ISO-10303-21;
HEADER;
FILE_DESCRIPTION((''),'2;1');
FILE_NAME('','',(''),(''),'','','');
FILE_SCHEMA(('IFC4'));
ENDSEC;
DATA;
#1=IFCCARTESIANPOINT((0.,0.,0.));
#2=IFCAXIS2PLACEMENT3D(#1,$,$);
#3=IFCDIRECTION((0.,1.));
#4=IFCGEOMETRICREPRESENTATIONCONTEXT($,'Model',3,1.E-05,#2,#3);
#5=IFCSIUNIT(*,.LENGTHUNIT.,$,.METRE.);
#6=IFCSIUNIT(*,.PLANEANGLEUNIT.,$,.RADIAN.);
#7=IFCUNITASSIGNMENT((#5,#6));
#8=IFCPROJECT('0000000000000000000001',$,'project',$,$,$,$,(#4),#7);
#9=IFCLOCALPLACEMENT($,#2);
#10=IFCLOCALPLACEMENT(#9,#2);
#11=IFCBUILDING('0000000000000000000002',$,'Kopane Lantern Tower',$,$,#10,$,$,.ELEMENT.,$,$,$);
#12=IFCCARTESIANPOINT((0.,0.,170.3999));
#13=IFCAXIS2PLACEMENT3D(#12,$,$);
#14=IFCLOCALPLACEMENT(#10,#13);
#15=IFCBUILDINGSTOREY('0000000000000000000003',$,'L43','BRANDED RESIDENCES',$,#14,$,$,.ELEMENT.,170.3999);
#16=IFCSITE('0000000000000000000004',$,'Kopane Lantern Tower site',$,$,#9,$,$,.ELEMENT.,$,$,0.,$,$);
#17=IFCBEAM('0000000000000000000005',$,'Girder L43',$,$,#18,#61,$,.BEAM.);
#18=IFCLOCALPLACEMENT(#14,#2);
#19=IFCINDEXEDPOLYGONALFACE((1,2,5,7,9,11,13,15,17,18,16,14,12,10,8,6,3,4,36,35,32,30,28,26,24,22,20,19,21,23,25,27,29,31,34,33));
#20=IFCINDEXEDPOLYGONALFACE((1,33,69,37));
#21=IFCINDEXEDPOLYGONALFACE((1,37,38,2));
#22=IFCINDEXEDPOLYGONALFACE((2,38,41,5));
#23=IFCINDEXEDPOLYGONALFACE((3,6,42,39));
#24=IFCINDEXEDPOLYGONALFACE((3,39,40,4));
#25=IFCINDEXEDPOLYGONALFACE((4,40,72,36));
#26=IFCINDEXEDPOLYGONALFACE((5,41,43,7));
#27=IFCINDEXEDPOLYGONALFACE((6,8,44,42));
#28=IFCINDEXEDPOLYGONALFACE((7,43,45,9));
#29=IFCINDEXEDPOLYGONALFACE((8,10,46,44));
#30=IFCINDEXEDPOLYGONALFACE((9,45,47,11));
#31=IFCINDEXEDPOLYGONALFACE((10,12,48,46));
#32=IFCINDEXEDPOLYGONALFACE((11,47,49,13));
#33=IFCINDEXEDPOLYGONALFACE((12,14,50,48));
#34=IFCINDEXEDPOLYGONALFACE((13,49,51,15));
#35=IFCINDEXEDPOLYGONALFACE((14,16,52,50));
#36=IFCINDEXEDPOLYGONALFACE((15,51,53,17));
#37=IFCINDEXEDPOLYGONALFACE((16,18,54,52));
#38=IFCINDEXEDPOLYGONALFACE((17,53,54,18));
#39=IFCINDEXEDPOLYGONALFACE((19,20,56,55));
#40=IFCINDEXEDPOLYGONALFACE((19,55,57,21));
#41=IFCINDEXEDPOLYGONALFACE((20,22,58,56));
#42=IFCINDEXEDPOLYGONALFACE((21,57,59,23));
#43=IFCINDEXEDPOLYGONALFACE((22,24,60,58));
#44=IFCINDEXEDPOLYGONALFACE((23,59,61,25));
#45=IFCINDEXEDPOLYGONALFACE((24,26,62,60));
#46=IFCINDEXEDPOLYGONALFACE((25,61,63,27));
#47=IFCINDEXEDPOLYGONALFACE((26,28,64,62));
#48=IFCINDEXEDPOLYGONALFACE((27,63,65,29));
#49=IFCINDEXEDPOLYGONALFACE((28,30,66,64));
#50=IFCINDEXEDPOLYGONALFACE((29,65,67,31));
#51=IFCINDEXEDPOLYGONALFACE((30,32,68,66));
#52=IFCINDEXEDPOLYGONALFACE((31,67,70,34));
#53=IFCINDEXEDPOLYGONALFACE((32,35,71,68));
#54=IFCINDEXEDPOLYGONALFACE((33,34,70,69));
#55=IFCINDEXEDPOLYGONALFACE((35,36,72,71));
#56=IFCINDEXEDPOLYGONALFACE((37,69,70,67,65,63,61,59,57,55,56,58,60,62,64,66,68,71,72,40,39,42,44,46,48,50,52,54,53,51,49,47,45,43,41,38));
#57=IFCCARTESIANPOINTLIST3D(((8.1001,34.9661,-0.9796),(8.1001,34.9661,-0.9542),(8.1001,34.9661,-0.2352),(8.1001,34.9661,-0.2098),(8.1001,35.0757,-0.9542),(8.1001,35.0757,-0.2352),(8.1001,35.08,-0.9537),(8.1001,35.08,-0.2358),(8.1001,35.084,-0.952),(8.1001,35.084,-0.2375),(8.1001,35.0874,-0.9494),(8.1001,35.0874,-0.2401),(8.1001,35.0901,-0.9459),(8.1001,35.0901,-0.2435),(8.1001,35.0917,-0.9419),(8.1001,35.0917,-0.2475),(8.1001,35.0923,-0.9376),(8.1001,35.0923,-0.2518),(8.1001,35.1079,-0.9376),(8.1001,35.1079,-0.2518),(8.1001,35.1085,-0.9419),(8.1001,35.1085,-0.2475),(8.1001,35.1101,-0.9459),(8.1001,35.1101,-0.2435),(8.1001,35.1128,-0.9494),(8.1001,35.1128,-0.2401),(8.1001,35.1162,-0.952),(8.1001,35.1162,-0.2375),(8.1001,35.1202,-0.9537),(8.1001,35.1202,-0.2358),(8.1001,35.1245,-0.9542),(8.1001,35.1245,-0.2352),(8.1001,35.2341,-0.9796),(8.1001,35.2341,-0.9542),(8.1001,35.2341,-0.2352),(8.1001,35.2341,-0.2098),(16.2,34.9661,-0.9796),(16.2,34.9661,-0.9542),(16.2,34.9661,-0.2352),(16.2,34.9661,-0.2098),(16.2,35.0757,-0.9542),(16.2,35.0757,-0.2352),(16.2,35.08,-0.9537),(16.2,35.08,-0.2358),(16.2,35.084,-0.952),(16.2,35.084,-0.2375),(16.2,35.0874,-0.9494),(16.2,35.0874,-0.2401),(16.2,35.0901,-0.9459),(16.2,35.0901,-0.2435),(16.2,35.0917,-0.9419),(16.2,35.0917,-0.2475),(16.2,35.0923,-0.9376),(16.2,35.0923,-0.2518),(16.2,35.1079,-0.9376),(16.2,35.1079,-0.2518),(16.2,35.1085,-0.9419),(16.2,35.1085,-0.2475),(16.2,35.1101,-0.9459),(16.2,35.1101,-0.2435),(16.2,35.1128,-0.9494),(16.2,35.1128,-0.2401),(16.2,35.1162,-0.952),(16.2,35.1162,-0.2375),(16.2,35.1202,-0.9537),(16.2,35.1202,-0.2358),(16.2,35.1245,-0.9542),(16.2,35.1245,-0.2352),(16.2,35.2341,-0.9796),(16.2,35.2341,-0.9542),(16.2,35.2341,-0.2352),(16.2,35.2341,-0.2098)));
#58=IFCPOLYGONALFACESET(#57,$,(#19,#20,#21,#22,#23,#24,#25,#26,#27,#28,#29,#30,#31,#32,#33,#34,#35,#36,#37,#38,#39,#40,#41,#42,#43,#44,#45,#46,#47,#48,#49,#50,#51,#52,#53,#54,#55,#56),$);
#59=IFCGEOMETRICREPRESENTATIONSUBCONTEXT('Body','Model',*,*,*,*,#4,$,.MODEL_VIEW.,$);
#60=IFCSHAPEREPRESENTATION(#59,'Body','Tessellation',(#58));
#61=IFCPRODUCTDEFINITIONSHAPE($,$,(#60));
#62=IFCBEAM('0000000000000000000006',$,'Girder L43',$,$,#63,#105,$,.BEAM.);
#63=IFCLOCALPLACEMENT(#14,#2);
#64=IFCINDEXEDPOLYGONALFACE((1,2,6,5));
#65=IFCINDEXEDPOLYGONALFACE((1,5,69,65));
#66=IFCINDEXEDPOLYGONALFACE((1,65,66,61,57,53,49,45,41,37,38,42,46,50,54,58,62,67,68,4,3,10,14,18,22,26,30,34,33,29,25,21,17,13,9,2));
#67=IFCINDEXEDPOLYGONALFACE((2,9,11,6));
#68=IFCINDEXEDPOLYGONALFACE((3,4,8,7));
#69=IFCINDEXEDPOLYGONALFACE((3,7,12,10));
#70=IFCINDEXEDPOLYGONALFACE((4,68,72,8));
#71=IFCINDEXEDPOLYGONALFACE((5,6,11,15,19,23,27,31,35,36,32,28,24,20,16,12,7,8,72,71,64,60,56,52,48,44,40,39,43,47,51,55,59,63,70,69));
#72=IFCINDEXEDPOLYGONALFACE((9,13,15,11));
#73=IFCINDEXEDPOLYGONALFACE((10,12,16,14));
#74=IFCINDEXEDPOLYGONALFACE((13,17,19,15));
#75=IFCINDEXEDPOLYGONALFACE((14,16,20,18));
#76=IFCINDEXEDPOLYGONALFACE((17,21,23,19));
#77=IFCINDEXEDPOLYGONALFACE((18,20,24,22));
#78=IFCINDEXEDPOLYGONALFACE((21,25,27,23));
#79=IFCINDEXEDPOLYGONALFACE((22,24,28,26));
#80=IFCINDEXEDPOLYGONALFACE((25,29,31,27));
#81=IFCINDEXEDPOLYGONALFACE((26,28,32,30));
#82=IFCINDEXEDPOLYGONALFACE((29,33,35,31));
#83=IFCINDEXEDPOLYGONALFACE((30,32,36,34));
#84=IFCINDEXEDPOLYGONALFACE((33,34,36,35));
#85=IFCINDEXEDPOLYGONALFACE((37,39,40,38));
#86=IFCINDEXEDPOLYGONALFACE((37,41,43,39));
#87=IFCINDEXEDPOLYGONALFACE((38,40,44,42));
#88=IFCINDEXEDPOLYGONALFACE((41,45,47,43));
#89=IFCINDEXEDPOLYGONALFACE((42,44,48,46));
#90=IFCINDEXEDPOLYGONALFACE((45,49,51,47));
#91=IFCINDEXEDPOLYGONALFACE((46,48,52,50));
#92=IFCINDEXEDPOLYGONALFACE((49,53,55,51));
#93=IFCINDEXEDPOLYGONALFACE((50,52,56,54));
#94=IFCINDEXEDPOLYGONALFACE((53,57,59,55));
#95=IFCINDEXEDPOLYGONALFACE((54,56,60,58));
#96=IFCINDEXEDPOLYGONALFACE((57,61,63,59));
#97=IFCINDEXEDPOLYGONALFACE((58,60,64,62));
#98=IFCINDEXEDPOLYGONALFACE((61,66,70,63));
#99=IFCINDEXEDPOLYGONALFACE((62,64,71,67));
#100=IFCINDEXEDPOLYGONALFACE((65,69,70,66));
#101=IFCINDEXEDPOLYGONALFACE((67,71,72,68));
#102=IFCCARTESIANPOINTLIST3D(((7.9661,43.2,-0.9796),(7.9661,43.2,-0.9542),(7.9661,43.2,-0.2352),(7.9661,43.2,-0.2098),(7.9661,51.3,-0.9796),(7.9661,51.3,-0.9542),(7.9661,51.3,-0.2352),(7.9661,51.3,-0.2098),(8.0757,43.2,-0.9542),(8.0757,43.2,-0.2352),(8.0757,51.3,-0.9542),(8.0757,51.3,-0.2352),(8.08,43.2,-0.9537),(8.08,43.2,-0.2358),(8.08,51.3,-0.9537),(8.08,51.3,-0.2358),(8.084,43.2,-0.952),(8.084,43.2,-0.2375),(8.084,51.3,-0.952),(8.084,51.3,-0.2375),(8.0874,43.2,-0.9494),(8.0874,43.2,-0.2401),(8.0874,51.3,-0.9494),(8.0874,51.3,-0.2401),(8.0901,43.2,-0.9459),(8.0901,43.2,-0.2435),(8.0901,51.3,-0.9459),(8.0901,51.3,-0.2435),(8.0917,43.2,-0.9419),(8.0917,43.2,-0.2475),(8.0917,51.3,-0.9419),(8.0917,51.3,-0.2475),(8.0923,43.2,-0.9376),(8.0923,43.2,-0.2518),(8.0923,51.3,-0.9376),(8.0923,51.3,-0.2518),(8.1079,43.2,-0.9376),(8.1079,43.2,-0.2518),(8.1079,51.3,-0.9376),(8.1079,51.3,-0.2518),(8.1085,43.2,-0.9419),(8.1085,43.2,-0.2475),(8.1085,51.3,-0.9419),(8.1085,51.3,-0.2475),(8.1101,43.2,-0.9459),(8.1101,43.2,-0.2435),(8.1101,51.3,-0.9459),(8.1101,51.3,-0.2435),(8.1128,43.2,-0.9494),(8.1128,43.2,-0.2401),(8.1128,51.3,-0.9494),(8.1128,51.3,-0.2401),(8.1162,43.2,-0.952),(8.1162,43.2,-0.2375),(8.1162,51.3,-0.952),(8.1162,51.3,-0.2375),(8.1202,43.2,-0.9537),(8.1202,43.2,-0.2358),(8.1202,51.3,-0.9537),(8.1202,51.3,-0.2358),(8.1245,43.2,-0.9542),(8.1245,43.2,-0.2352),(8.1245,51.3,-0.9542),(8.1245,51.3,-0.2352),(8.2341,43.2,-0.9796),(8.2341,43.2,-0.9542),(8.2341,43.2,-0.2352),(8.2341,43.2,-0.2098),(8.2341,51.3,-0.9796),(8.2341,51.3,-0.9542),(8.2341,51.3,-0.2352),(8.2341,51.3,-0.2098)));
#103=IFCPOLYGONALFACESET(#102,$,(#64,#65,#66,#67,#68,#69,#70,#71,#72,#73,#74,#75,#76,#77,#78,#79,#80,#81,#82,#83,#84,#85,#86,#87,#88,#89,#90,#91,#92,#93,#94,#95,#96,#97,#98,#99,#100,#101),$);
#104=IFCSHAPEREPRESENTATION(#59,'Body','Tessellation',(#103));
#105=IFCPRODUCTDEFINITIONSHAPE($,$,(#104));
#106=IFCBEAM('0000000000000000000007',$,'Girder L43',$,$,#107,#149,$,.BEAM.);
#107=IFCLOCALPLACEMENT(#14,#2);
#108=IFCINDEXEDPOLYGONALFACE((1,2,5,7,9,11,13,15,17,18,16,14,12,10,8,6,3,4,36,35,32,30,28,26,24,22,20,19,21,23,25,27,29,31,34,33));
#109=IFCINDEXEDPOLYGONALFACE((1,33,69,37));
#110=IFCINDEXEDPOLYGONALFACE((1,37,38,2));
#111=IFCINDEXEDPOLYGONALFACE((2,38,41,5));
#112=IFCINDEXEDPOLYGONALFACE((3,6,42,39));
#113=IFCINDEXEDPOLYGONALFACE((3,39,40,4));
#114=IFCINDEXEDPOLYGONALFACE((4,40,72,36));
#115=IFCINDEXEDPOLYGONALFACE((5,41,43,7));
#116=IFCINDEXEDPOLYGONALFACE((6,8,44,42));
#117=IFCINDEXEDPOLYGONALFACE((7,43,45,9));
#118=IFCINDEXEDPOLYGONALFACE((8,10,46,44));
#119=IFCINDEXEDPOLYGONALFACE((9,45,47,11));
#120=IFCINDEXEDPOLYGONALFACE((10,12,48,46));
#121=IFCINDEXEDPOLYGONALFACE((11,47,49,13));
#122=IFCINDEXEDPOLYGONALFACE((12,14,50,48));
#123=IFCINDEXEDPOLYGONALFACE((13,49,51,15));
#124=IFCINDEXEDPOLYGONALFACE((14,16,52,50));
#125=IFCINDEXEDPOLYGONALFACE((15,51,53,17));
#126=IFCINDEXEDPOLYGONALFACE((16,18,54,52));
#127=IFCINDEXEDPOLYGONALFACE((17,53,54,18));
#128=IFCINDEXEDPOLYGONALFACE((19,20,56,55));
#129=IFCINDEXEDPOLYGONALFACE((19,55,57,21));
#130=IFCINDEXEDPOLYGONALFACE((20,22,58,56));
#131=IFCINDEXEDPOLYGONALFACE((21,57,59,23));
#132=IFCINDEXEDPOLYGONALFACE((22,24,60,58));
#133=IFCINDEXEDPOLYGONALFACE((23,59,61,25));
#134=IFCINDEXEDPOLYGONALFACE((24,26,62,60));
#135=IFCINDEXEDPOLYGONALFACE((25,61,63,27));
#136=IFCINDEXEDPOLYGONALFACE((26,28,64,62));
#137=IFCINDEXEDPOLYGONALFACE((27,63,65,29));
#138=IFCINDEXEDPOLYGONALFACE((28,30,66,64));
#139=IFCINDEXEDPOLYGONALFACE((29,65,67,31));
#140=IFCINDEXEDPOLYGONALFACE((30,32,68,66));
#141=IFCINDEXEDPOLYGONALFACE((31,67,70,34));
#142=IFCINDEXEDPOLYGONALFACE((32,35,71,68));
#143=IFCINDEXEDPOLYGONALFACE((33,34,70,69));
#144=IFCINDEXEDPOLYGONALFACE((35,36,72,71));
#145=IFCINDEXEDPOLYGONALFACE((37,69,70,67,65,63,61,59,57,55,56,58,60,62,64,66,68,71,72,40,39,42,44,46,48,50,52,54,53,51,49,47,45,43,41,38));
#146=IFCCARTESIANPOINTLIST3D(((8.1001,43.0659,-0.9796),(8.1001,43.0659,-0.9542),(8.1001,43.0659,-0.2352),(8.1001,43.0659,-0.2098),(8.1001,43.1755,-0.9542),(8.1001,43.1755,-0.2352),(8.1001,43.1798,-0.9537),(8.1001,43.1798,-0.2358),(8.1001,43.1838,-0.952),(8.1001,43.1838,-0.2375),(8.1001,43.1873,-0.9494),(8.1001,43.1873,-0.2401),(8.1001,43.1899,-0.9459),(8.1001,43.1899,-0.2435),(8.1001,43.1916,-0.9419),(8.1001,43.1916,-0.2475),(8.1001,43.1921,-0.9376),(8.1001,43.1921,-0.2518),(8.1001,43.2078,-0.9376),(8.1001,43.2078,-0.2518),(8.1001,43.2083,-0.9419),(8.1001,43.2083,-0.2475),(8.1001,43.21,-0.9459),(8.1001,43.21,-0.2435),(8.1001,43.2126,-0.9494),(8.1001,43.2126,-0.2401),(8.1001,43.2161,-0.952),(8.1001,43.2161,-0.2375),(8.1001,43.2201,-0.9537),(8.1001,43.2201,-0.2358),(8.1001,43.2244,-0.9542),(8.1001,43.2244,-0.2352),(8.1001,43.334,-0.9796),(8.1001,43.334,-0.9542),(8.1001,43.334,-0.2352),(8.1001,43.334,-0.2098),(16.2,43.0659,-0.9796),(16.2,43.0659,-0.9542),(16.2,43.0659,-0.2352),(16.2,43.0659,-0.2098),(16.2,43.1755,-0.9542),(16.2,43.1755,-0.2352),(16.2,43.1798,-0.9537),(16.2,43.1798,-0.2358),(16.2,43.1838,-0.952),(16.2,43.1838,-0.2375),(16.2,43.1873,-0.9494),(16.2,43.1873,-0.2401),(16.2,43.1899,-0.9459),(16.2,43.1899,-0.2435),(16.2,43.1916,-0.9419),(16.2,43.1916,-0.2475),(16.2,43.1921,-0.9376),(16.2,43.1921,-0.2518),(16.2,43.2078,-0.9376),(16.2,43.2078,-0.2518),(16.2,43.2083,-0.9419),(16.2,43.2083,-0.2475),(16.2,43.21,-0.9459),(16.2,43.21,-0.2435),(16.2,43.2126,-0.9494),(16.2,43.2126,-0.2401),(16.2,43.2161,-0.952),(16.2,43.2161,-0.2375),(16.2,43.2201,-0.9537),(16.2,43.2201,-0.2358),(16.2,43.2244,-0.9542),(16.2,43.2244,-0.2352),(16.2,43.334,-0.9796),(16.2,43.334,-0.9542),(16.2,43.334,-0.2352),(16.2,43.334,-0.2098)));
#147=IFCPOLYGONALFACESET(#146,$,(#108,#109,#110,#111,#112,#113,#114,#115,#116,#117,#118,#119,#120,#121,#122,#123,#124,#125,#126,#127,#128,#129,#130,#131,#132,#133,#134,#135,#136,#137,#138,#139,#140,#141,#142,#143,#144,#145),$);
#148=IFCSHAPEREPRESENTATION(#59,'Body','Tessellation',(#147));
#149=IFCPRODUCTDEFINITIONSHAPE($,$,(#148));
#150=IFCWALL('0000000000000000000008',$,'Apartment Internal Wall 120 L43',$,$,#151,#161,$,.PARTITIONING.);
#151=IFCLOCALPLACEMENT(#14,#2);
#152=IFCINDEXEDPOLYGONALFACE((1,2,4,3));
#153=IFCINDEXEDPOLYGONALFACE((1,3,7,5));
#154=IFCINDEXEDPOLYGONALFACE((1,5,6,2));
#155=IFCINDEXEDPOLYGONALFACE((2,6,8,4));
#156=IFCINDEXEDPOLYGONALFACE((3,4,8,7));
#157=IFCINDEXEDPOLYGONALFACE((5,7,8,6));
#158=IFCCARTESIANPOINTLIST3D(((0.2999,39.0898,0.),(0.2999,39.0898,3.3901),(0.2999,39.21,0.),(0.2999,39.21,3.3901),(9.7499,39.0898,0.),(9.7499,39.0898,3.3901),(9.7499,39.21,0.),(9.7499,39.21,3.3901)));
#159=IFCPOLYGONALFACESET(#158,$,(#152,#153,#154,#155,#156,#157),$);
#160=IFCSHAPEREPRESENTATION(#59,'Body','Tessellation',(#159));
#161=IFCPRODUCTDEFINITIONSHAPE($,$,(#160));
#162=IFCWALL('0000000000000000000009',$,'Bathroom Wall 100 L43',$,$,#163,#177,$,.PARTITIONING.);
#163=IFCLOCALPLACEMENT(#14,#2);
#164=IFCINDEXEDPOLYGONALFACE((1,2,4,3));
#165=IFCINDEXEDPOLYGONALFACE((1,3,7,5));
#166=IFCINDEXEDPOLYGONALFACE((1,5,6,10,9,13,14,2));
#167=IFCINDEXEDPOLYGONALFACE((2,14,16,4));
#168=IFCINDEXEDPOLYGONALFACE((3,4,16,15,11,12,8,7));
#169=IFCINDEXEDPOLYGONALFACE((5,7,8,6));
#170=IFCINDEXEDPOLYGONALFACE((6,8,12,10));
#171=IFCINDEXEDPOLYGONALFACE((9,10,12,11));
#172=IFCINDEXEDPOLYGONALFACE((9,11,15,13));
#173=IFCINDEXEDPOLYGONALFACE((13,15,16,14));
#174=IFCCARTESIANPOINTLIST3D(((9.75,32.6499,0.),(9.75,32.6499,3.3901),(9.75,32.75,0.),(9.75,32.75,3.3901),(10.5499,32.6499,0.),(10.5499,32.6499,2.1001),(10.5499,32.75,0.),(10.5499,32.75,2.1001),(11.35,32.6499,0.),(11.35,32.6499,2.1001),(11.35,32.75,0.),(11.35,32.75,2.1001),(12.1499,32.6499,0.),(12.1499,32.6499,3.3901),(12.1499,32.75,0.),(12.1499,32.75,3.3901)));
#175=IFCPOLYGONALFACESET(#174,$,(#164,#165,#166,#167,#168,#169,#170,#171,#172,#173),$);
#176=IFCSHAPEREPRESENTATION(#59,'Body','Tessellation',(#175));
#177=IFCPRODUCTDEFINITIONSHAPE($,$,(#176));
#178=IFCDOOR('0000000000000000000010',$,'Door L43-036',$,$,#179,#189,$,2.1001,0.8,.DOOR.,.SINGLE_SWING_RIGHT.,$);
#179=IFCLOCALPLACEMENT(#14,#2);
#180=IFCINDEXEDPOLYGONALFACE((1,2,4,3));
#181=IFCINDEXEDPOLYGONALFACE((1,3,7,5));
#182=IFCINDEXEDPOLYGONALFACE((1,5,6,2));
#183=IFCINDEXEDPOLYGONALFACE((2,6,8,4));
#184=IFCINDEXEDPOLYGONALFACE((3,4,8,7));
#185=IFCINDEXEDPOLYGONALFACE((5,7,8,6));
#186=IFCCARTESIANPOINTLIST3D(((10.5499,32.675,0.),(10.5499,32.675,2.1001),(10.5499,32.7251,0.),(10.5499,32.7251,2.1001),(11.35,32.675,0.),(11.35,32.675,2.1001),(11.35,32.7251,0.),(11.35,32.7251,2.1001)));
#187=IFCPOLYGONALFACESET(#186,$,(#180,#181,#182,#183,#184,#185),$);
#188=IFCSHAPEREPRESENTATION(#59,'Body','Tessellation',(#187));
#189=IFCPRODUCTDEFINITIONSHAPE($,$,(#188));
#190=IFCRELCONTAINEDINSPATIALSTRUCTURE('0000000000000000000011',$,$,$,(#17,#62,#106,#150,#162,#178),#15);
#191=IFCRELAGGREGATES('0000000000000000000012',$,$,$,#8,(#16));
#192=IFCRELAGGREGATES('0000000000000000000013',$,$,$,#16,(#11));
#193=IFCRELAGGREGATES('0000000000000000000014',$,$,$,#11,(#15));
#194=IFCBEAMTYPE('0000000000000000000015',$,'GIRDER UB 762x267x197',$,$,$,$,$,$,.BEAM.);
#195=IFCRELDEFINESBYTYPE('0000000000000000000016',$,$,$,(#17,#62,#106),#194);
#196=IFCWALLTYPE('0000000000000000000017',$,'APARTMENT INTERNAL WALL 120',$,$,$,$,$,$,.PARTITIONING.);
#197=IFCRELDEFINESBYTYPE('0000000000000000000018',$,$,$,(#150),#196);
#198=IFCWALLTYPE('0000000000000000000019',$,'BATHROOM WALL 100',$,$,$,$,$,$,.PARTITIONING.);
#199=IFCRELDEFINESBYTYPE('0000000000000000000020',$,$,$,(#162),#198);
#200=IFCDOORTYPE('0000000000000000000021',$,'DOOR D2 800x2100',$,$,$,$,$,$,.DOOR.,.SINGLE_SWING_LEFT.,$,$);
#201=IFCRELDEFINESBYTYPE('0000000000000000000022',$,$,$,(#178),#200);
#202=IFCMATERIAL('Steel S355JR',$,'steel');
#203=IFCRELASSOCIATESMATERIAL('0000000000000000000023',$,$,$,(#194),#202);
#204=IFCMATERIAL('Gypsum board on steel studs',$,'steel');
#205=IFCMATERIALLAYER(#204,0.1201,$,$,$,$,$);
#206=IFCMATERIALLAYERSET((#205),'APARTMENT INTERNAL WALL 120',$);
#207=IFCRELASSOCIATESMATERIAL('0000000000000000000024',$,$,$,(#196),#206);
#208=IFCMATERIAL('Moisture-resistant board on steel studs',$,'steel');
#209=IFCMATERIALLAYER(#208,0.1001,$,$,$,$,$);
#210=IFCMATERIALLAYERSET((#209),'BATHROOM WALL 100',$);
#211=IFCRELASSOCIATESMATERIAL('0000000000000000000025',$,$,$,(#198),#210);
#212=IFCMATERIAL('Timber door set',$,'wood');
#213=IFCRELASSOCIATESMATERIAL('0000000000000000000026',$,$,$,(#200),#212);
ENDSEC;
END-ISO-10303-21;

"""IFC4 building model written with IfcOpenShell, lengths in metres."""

from ifc_helpers import new_model, si_unit, direction, frame, frame_2d, origin, origin_2d, place, context, subcontext, project, spatial, rectangle, i_section, extrude, material, layer, layer_set, material_profile, profile_set, type_object, element, fill, save


model = new_model("IFC4")

# Units and contexts
model_context = context("Model", 3, precision=1e-05, world=origin(), true_north=direction((0.0, 1.0)))
body_context = subcontext(model_context, "Body", "Model", "MODEL_VIEW")
ifc_project = project(units=[si_unit("LENGTHUNIT", "METRE"), si_unit("PLANEANGLEUNIT", "RADIAN")], contexts=[model_context])

# Site, building, storey
site_placement = place(None, origin())
site = spatial("IfcSite", under=ifc_project, at=site_placement, Name="Kopane Lantern Tower site", CompositionType="ELEMENT", RefElevation=0.0)
building_placement = place(site_placement, origin())
building = spatial("IfcBuilding", under=site, at=building_placement, Name="Kopane Lantern Tower", CompositionType="ELEMENT")
storey_placement = place(building_placement, frame((0.0, 0.0, 170.3999)))
storey = spatial("IfcBuildingStorey", under=building, at=storey_placement, Name="L43", Description="BRANDED RESIDENCES", CompositionType="ELEMENT", Elevation=170.3999)

# Beams
ifc_material_1 = material(Name="Steel S355JR", Category="steel")
ifc_material_profile_1 = material_profile(ifc_material_1, i_section(OverallWidth=0.2681, OverallDepth=0.7698, WebThickness=0.0156, FlangeThickness=0.0254, FilletRadius=0.0166, at=origin_2d()), Name="UB 762x267x197")
ifc_profile_set_1 = profile_set([ifc_material_profile_1], Name="Steel S355JR")
beam_type = type_object("IfcBeamType", Name="GIRDER UB 762x267x197", PredefinedType="BEAM", material=ifc_profile_set_1)
for number, where, z_axis, x_axis, name in (
    (1, (8.1001, 35.1001, -0.5947), (1.0, 0.0, 0.0), (0.0, 1.0, 0.0), "Girder L43"),
):
    element("IfcBeam", number, at=place(storey_placement, frame(where, z_axis=z_axis, x_axis=x_axis)), inside=storey, type_object=beam_type, Name=name, PredefinedType="BEAM", context=body_context, shape_type="SweptSolid", body=[
        extrude(i_section(OverallWidth=0.2681, OverallDepth=0.7698, WebThickness=0.0156, FlangeThickness=0.0254, FilletRadius=0.0166, at=origin_2d()), origin(), (0.0, 0.0, 1.0), 8.0999),
    ])
beam_1_placement = place(storey_placement, frame((8.1001, 43.2, -0.5947), z_axis=(0.0, 1.0, 0.0), x_axis=(-1.0, 0.0, 0.0)))
element("IfcBeam", 2, at=beam_1_placement, inside=storey, type_object=beam_type, Name="Girder L43", PredefinedType="BEAM", context=body_context, shape_type="SweptSolid", body=[
    extrude(i_section(OverallWidth=0.2681, OverallDepth=0.7698, WebThickness=0.0156, FlangeThickness=0.0254, FilletRadius=0.0166, at=origin_2d()), origin(), (0.0, 0.0, 1.0), 8.1001),
])
beam_2_placement = place(storey_placement, frame((8.1001, 43.2, -0.5947), z_axis=(1.0, 0.0, 0.0), x_axis=(0.0, 1.0, 0.0)))
element("IfcBeam", 3, at=beam_2_placement, inside=storey, type_object=beam_type, Name="Girder L43", PredefinedType="BEAM", context=body_context, shape_type="SweptSolid", body=[
    extrude(i_section(OverallWidth=0.2681, OverallDepth=0.7698, WebThickness=0.0156, FlangeThickness=0.0254, FilletRadius=0.0166, at=origin_2d()), origin(), (0.0, 0.0, 1.0), 8.0999),
])

# Wall
ifc_material_2 = material(Name="Gypsum board on steel studs", Category="steel")
ifc_layer_1 = layer(ifc_material_2, 0.1201)
ifc_layer_set_1 = layer_set([ifc_layer_1], Name="APARTMENT INTERNAL WALL 120")
wall_type_1 = type_object("IfcWallType", Name="APARTMENT INTERNAL WALL 120", PredefinedType="PARTITIONING", material=ifc_layer_set_1)
wall_1_placement = place(storey_placement, frame((9.75, 39.1499, 0.0), z_axis=(0.0, 0.0, 1.0), x_axis=(-1.0, 0.0, 0.0)))
element("IfcWall", 4, at=wall_1_placement, inside=storey, type_object=wall_type_1, Name="Apartment Internal Wall 120 L43", PredefinedType="PARTITIONING", context=body_context, shape_type="SweptSolid", body=[
    extrude(rectangle(XDim=9.45, YDim=0.1201, at=frame_2d((4.7251, 0.0))), origin(), (0.0, 0.0, 1.0), 3.3901),
])

# Wall, opening, door
ifc_material_3 = material(Name="Moisture-resistant board on steel studs", Category="steel")
ifc_layer_2 = layer(ifc_material_3, 0.1001)
ifc_layer_set_2 = layer_set([ifc_layer_2], Name="BATHROOM WALL 100")
wall_type_2 = type_object("IfcWallType", Name="BATHROOM WALL 100", PredefinedType="PARTITIONING", material=ifc_layer_set_2)
wall_2_placement = place(storey_placement, frame((12.1499, 32.7, 0.0), z_axis=(0.0, 0.0, 1.0), x_axis=(-1.0, 0.0, 0.0)))
wall_2 = element("IfcWall", 5, at=wall_2_placement, inside=storey, type_object=wall_type_2, Name="Bathroom Wall 100 L43", PredefinedType="PARTITIONING", context=body_context, shape_type="SweptSolid", body=[
    extrude(rectangle(XDim=2.3999, YDim=0.1001, at=frame_2d((1.2, 0.0))), origin(), (0.0, 0.0, 1.0), 3.3901),
])
opening_1_placement = place(wall_2_placement, frame((0.8, 0.0, 0.0)))
opening_1 = element("IfcOpeningElement", 6, at=opening_1_placement, cuts=wall_2, PredefinedType="OPENING", context=body_context, shape_type="SweptSolid", body=[
    extrude(rectangle(XDim=0.8, YDim=2.1001, at=frame_2d((0.3999, 1.05))), frame((0.0, 0.0601, 0.0), z_axis=(0.0, -1.0, 0.0), x_axis=(1.0, 0.0, 0.0)), (0.0, 0.0, 1.0), 0.1201),
])
ifc_material_4 = material(Name="Timber door set", Category="wood")
door_type = type_object("IfcDoorType", Name="DOOR D2 800x2100", OperationType="SINGLE_SWING_LEFT", PredefinedType="DOOR", material=ifc_material_4)
door_1_placement = place(opening_1_placement, origin())
door_1 = element("IfcDoor", 7, at=door_1_placement, inside=storey, type_object=door_type, Name="Door L43-036", OperationType="SINGLE_SWING_RIGHT", OverallHeight=2.1001, OverallWidth=0.8, PredefinedType="DOOR", context=body_context, shape_type="SweptSolid", body=[
    extrude(rectangle(XDim=0.8, YDim=2.1001, at=frame_2d((0.3999, 1.05))), frame((0.0, 0.0249, 0.0), z_axis=(0.0, -1.0, 0.0), x_axis=(1.0, 0.0, 0.0)), (0.0, 0.0, 1.0), 0.05),
])
fill(opening_1, door_1)

save(model, "model.ifc")
